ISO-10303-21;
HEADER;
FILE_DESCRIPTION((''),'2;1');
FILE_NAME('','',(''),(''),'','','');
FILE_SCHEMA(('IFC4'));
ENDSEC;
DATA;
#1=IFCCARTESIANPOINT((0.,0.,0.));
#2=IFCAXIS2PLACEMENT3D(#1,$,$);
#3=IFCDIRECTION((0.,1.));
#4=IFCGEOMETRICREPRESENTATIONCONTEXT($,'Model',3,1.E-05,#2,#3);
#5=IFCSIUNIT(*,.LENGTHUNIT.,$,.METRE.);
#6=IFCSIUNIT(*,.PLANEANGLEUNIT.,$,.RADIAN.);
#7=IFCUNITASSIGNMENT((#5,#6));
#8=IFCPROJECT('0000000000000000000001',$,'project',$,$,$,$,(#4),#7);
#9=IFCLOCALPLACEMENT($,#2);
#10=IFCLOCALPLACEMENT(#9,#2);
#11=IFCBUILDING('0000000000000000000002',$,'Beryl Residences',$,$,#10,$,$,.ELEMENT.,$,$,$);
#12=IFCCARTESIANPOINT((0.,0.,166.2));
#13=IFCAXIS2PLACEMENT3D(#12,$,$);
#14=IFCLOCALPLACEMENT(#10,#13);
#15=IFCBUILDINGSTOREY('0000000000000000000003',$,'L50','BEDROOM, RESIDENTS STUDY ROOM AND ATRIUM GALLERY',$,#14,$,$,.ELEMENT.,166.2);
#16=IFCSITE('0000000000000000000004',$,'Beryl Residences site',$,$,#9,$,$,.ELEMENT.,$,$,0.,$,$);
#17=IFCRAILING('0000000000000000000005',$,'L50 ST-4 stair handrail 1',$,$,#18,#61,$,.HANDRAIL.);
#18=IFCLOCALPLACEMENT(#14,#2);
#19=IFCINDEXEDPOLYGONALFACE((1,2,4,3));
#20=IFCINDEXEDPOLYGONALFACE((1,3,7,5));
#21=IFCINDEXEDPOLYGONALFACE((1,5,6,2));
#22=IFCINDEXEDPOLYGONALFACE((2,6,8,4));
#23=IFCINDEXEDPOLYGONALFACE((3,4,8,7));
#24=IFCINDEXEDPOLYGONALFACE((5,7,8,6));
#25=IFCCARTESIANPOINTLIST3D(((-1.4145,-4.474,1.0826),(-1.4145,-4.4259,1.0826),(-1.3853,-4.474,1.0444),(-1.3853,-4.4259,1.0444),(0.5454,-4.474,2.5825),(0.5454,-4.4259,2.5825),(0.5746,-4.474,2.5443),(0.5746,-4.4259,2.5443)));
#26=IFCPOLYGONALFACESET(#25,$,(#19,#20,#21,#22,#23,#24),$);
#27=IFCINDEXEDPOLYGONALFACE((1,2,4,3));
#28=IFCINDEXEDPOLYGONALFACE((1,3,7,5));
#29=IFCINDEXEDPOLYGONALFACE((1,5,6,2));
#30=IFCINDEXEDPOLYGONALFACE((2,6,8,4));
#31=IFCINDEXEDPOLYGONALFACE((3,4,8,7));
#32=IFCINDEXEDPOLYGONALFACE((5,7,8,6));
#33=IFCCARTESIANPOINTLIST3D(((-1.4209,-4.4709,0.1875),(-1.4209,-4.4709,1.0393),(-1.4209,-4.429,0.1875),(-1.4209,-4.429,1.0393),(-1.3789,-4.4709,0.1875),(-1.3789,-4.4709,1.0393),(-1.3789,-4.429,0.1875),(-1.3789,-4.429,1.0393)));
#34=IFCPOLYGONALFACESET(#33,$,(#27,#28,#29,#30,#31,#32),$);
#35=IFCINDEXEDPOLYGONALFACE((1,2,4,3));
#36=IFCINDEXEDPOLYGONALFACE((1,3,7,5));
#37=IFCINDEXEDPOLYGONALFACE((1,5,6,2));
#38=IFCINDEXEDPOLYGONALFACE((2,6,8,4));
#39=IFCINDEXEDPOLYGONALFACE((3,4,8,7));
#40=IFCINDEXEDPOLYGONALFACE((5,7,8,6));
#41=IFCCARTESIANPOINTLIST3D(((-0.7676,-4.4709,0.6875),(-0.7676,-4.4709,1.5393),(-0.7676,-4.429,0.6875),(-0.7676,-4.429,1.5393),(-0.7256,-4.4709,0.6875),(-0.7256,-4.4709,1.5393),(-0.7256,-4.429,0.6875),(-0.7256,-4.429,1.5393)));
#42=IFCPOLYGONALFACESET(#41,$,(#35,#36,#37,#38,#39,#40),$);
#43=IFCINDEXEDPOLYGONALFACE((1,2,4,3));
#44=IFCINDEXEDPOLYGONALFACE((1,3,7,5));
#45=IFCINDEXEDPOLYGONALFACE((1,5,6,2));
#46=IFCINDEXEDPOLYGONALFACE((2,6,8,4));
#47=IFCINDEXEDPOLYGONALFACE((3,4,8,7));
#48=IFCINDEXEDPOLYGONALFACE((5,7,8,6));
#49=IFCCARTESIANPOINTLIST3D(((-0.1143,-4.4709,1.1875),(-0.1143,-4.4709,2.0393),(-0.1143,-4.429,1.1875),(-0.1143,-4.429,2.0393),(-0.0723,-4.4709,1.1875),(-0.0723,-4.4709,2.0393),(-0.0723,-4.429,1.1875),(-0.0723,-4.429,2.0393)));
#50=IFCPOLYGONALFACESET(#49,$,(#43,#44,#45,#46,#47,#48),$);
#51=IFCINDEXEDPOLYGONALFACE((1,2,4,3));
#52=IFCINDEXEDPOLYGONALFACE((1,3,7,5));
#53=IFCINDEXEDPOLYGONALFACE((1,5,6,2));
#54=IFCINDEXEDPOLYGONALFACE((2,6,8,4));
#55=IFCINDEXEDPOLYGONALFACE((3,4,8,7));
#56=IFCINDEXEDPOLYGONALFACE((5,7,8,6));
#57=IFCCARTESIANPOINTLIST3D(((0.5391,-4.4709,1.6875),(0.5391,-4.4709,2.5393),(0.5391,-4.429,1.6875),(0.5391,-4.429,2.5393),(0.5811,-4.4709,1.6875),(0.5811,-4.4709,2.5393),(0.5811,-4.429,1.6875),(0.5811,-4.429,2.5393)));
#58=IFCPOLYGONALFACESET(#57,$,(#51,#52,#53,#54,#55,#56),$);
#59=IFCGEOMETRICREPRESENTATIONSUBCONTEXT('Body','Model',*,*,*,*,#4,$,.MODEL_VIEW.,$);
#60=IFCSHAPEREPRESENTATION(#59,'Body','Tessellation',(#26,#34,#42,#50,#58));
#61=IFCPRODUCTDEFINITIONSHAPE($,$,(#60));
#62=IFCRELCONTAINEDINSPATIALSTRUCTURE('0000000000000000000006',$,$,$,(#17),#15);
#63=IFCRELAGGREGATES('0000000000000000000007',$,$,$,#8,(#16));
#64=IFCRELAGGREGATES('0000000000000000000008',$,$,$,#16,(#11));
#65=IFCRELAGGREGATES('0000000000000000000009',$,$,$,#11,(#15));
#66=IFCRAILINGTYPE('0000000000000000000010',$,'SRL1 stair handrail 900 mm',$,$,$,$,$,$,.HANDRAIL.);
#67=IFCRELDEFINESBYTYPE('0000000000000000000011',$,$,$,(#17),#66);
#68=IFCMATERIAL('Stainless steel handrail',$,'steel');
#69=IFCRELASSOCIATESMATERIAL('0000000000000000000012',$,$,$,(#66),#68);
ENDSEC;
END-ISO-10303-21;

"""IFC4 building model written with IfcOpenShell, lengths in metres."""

from ifc_helpers import new_model, si_unit, direction, frame, origin, origin_2d, place, context, subcontext, project, spatial, rectangle, extrude, material, type_object, element, save


model = new_model("IFC4")

# Units and contexts
model_context = context("Model", 3, precision=1e-05, world=origin(), true_north=direction((0.0, 1.0)))
body_context = subcontext(model_context, "Body", "Model", "MODEL_VIEW")
ifc_project = project(units=[si_unit("LENGTHUNIT", "METRE"), si_unit("PLANEANGLEUNIT", "RADIAN")], contexts=[model_context])

# Site, building, storey
site_placement = place(None, origin())
site = spatial("IfcSite", under=ifc_project, at=site_placement, Name="Beryl Residences site", CompositionType="ELEMENT", RefElevation=0.0)
building_placement = place(site_placement, origin())
building = spatial("IfcBuilding", under=site, at=building_placement, Name="Beryl Residences", CompositionType="ELEMENT")
storey_placement = place(building_placement, frame((0.0, 0.0, 166.2)))
storey = spatial("IfcBuildingStorey", under=building, at=storey_placement, Name="L50", Description="BEDROOM, RESIDENTS STUDY ROOM AND ATRIUM GALLERY", CompositionType="ELEMENT", Elevation=166.2)

# Railing
ifc_material_1 = material(Name="Stainless steel handrail", Category="steel")
railing_type_1 = type_object("IfcRailingType", Name="SRL1 stair handrail 900 mm", PredefinedType="HANDRAIL", material=ifc_material_1)
railing_1_placement = place(storey_placement, frame((-1.3999, -4.45, 0.1875)))
element("IfcRailing", 1, at=railing_1_placement, inside=storey, type_object=railing_type_1, Name="L50 ST-4 stair handrail 1", PredefinedType="HANDRAIL", context=body_context, shape_type="SweptSolid", body=[
    extrude(rectangle(XDim=0.0481, YDim=0.0481, at=origin_2d()), frame((0.0, 0.0, 0.876), z_axis=(0.794122, 0.0, 0.607758), x_axis=(0.0, 1.0, 0.0)), (0.0, 0.0, 1.0), 2.468),
    extrude(rectangle(XDim=0.042, YDim=0.042, at=origin_2d()), origin(), (0.0, 0.0, 1.0), 0.8518),
    extrude(rectangle(XDim=0.042, YDim=0.042, at=origin_2d()), frame((0.6533, 0.0, 0.5)), (0.0, 0.0, 1.0), 0.8518),
    extrude(rectangle(XDim=0.042, YDim=0.042, at=origin_2d()), frame((1.3066, 0.0, 1.0)), (0.0, 0.0, 1.0), 0.8518),
    extrude(rectangle(XDim=0.042, YDim=0.042, at=origin_2d()), frame((1.96, 0.0, 1.5)), (0.0, 0.0, 1.0), 0.8518),
])

save(model, "model.ifc")
